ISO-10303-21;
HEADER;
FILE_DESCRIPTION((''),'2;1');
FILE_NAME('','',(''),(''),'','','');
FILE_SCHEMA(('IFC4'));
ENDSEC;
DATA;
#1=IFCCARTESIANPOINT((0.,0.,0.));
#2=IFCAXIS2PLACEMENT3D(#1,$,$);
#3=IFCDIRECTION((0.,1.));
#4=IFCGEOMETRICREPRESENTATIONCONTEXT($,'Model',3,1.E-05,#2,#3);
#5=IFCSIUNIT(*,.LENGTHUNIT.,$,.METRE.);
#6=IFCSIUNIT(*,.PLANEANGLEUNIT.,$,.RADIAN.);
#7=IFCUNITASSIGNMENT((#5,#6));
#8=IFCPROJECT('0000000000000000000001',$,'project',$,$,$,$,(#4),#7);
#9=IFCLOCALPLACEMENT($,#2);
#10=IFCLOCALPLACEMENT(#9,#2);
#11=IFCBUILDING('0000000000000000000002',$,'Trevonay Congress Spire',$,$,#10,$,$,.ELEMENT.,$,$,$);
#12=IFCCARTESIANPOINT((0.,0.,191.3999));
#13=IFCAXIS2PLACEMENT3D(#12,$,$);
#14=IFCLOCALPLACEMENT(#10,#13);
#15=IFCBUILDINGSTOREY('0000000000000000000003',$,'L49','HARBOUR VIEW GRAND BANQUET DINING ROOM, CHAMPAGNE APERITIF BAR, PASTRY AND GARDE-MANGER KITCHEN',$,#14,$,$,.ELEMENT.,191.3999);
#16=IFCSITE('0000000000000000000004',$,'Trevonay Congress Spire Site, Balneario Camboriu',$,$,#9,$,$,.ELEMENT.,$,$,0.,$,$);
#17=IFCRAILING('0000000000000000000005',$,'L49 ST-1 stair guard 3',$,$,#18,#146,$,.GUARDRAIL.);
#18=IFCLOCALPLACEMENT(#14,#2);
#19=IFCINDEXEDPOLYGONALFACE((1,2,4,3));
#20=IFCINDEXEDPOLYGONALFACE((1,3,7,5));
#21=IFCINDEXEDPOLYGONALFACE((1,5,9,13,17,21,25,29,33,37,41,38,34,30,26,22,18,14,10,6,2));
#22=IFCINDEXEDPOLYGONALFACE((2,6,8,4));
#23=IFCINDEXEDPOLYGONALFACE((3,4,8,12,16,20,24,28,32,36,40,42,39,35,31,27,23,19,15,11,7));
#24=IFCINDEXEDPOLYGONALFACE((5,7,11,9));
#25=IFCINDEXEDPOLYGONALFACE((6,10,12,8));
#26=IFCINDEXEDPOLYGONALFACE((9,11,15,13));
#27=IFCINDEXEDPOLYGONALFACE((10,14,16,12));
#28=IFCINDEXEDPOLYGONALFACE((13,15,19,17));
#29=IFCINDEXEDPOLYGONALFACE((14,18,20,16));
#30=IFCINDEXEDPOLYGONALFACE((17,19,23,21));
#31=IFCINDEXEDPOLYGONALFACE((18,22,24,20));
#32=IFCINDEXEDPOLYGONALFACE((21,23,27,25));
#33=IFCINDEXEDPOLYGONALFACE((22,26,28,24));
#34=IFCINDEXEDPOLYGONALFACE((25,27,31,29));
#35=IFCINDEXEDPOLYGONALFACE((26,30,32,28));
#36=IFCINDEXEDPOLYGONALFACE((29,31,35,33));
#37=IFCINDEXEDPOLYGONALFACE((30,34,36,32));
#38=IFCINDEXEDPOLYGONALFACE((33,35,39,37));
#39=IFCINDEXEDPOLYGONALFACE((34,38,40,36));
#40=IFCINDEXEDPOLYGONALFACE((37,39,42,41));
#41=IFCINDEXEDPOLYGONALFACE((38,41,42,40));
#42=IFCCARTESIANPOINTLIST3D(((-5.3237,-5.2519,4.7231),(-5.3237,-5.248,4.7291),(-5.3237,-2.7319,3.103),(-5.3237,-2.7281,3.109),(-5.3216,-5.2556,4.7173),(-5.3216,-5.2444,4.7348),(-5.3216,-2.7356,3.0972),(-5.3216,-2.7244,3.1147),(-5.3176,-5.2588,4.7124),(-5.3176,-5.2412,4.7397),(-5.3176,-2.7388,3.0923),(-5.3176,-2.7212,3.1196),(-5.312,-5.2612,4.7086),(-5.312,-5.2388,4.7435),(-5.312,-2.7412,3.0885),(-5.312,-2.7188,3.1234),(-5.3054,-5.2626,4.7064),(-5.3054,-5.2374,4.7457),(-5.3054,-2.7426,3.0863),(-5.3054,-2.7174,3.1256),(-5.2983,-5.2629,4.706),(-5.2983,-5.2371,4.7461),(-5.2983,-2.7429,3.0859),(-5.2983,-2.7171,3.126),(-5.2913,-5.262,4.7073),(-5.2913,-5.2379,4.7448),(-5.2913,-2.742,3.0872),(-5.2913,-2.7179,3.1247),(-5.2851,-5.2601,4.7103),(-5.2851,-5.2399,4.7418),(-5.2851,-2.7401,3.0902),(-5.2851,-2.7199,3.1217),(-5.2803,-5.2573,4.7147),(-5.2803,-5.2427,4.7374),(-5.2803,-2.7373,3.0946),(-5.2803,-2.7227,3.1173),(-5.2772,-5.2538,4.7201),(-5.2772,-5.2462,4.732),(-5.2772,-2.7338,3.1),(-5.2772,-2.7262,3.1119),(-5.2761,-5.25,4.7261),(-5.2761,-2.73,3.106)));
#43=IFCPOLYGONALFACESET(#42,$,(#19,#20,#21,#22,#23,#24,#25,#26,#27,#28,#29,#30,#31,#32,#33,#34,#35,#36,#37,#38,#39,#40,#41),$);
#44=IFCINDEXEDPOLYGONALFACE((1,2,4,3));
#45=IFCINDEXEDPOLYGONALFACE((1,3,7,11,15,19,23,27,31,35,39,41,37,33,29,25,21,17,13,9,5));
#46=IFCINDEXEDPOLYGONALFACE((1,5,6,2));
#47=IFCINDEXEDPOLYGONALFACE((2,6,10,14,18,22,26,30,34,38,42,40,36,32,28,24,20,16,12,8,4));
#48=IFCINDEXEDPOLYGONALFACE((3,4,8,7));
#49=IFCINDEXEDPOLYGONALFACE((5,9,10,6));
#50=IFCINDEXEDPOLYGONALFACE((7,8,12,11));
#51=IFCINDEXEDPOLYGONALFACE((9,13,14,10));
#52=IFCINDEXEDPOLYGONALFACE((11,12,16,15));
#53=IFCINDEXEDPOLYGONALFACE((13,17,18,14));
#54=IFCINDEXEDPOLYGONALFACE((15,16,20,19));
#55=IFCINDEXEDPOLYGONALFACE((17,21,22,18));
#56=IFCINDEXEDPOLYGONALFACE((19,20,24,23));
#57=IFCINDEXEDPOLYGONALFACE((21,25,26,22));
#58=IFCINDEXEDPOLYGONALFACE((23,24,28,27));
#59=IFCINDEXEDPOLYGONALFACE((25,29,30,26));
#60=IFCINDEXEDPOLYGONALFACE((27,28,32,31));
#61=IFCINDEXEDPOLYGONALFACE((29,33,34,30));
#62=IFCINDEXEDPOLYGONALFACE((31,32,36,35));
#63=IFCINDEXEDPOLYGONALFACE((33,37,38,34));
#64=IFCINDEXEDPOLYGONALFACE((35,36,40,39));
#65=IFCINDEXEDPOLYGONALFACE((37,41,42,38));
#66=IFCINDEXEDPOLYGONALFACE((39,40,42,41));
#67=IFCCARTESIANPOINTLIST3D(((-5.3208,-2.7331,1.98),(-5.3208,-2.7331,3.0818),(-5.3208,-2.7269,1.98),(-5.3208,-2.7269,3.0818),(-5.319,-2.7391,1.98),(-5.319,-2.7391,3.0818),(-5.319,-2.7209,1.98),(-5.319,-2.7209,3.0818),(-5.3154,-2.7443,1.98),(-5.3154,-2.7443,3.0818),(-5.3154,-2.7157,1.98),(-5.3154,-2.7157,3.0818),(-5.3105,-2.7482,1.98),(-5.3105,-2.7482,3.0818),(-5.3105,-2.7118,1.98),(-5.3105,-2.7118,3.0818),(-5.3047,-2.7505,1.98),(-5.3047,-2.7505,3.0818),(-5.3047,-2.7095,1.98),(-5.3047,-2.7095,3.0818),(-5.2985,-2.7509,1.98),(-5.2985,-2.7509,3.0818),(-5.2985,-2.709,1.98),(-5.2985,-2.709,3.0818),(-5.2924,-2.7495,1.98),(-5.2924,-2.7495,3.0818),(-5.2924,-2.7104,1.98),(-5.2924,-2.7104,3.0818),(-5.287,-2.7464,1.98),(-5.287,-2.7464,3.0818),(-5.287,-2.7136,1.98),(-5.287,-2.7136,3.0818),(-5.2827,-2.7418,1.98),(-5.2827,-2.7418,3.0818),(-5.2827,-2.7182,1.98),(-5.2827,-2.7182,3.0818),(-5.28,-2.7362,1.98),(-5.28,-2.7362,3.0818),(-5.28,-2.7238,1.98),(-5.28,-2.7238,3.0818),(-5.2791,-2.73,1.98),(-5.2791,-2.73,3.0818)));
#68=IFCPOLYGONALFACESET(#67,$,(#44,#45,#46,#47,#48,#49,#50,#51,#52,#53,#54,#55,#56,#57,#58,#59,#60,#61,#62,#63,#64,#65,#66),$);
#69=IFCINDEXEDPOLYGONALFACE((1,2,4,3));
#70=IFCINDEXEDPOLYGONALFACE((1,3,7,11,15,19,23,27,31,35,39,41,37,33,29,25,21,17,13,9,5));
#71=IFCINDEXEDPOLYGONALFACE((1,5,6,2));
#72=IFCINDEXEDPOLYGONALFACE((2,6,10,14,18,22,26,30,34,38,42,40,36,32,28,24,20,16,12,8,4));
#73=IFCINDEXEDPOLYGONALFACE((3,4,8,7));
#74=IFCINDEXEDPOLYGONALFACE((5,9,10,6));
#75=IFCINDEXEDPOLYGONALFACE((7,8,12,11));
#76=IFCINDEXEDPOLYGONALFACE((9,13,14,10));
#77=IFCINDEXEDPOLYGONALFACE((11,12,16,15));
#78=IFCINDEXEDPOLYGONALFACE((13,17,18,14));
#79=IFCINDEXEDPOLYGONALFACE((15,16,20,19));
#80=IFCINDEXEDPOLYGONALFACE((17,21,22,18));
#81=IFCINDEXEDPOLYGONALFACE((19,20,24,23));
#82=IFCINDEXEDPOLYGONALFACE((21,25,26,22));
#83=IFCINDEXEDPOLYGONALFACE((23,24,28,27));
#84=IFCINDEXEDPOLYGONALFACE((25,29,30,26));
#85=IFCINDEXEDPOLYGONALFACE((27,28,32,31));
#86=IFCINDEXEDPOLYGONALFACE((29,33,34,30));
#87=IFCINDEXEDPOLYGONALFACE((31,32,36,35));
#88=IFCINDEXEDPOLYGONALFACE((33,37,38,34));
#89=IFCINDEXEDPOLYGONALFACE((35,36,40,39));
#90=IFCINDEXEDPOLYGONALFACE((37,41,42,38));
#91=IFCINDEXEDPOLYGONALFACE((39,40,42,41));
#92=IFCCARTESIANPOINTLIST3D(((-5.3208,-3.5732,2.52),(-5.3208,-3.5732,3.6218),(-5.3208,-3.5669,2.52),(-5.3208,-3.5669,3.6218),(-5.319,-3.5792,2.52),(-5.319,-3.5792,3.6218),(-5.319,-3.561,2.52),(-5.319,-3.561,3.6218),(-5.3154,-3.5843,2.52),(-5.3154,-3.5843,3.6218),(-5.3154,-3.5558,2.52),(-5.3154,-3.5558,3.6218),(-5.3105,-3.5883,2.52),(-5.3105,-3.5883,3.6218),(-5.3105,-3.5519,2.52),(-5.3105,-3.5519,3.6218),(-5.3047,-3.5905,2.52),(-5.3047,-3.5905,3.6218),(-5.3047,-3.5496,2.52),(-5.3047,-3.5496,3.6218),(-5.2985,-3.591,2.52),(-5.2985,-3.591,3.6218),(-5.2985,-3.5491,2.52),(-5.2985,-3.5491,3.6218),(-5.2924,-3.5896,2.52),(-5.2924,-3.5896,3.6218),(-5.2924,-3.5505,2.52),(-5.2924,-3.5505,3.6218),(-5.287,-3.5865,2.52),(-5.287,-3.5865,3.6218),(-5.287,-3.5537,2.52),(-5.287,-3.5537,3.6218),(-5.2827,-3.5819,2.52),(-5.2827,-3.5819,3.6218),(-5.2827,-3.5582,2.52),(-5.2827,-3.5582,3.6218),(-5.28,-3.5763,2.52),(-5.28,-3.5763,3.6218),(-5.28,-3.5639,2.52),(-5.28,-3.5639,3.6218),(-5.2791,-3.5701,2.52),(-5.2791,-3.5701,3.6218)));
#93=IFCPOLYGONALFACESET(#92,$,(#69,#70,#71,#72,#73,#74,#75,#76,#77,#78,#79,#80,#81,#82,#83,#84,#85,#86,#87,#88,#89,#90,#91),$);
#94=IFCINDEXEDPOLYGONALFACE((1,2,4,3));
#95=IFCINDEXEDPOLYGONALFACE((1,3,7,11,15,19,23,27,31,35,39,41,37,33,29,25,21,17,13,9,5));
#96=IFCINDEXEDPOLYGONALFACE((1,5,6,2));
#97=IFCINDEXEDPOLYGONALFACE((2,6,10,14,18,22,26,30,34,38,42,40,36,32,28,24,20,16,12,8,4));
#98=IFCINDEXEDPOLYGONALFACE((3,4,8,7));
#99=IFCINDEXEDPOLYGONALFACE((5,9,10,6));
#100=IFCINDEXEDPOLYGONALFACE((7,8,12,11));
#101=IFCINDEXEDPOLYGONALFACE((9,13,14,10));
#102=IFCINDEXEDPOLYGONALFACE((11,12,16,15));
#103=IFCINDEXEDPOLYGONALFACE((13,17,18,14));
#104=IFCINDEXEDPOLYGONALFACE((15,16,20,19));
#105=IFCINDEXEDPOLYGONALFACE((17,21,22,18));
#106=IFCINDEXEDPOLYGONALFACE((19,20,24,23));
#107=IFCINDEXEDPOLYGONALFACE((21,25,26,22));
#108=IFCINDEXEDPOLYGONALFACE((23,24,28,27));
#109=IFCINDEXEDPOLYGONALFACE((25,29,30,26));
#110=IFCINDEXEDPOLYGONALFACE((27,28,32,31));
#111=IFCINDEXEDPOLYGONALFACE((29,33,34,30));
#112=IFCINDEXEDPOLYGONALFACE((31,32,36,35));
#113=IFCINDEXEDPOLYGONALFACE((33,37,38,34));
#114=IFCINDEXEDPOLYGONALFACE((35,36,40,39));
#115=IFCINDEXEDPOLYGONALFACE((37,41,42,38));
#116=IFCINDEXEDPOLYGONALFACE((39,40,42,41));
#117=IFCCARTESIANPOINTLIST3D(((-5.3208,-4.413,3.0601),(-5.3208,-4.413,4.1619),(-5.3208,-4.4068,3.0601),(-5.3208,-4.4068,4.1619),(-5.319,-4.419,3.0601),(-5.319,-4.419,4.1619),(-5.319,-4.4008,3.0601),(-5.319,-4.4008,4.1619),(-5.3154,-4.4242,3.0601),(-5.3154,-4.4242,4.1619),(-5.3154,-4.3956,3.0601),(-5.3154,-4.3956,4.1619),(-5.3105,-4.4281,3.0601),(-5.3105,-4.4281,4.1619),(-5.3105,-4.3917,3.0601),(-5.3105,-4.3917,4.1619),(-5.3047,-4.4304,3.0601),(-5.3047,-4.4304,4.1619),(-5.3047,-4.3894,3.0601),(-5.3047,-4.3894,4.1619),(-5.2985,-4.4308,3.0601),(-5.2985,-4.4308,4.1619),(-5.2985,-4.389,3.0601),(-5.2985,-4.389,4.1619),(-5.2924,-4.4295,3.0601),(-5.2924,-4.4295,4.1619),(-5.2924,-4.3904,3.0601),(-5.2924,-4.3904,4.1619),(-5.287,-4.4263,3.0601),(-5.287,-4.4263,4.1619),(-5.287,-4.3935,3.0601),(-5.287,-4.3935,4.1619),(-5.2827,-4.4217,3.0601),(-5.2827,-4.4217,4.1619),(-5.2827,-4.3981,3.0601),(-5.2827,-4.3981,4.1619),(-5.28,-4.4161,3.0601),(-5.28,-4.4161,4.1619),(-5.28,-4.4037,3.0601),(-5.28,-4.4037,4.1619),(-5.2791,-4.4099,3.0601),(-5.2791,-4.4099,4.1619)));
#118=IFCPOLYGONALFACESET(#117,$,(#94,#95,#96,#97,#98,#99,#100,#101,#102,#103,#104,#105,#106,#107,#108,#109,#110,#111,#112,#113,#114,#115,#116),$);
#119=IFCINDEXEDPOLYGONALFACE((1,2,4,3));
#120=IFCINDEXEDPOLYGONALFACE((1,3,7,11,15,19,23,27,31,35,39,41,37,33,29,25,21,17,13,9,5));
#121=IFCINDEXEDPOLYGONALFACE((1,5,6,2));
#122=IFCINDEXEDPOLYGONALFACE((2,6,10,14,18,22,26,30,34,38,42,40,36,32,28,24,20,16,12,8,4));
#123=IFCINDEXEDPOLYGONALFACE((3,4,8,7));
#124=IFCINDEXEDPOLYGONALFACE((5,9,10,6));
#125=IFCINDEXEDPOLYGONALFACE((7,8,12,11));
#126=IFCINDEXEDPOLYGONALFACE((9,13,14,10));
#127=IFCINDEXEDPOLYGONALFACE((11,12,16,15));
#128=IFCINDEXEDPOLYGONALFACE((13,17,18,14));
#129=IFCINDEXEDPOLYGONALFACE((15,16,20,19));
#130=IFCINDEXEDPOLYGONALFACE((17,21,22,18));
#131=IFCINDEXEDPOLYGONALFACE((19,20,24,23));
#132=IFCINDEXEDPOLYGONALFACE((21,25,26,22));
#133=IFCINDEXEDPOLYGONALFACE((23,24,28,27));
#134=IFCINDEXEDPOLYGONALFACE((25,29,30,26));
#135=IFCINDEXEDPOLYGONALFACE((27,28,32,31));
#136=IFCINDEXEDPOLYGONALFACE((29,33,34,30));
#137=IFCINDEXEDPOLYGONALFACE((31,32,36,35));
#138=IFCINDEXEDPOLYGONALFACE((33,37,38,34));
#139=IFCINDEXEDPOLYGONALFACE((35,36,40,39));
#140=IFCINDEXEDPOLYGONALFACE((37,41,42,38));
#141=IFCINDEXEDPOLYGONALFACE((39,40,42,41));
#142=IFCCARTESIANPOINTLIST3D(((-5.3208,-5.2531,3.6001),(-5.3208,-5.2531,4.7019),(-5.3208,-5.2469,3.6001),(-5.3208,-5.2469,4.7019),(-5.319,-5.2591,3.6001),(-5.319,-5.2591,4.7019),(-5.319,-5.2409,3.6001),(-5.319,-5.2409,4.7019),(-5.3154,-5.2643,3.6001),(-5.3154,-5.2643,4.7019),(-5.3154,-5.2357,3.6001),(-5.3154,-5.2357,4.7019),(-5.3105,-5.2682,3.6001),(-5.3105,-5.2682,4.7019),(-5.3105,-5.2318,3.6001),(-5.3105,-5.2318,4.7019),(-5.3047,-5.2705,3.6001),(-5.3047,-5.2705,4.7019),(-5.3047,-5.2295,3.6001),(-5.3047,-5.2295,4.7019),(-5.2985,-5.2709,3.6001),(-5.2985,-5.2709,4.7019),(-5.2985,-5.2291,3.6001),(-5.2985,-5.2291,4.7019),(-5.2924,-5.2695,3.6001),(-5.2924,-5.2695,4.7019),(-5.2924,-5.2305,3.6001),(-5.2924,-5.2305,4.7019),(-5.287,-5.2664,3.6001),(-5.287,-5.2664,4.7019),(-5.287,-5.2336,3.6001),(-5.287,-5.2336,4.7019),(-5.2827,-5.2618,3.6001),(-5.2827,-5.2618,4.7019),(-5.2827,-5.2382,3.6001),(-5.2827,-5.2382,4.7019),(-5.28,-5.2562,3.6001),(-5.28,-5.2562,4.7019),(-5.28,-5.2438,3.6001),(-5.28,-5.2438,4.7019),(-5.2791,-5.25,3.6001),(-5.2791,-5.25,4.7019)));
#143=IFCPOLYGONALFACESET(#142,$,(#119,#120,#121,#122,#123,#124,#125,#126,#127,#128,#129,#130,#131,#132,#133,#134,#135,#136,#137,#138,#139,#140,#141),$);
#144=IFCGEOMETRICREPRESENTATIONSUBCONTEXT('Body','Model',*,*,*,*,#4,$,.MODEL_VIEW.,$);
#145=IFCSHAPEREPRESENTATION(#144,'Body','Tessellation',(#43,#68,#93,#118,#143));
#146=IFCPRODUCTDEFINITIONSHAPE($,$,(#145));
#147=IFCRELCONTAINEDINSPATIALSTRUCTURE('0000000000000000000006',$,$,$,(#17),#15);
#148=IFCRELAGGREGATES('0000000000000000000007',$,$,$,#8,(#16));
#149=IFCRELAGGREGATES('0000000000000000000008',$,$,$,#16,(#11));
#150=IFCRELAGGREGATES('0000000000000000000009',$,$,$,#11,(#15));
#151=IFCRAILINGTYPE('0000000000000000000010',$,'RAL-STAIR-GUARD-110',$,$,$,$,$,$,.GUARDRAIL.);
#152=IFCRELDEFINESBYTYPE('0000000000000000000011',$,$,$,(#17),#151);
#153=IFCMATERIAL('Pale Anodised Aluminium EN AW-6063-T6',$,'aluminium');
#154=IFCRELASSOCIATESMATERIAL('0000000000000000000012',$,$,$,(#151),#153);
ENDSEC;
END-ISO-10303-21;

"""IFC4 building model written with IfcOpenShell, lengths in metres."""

from ifc_helpers import new_model, si_unit, direction, frame, origin, origin_2d, place, context, subcontext, project, spatial, circle, extrude, material, type_object, element, save


model = new_model("IFC4")

# Units and contexts
model_context = context("Model", 3, precision=1e-05, world=origin(), true_north=direction((0.0, 1.0)))
body_context = subcontext(model_context, "Body", "Model", "MODEL_VIEW")
ifc_project = project(units=[si_unit("LENGTHUNIT", "METRE"), si_unit("PLANEANGLEUNIT", "RADIAN")], contexts=[model_context])

# Site, building, storey
site_placement = place(None, origin())
site = spatial("IfcSite", under=ifc_project, at=site_placement, Name="Trevonay Congress Spire Site, Balneario Camboriu", CompositionType="ELEMENT", RefElevation=0.0)
building_placement = place(site_placement, origin())
building = spatial("IfcBuilding", under=site, at=building_placement, Name="Trevonay Congress Spire", CompositionType="ELEMENT")
storey_placement = place(building_placement, frame((0.0, 0.0, 191.3999)))
storey = spatial("IfcBuildingStorey", under=building, at=storey_placement, Name="L49", Description="HARBOUR VIEW GRAND BANQUET DINING ROOM, CHAMPAGNE APERITIF BAR, PASTRY AND GARDE-MANGER KITCHEN", CompositionType="ELEMENT", Elevation=191.3999)

# Railing
ifc_material_1 = material(Name="Pale Anodised Aluminium EN AW-6063-T6", Category="aluminium")
railing_type_1 = type_object("IfcRailingType", Name="RAL-STAIR-GUARD-110", PredefinedType="GUARDRAIL", material=ifc_material_1)
railing_1_placement = place(storey_placement, frame((-5.3, -2.73, 1.98)))
element("IfcRailing", 1, at=railing_1_placement, inside=storey, type_object=railing_type_1, Name="L49 ST-1 stair guard 3", PredefinedType="GUARDRAIL", context=body_context, shape_type="SweptSolid", body=[
    extrude(circle(Radius=0.0239, at=origin_2d()), frame((0.0, 0.0, 1.126), z_axis=(0.0, -0.841163, 0.540782), x_axis=(1.0, 0.0, 0.0)), (0.0, 0.0, 1.0), 2.9958),
    extrude(circle(Radius=0.021, at=origin_2d()), origin(), (0.0, 0.0, 1.0), 1.1018),
    extrude(circle(Radius=0.021, at=origin_2d()), frame((0.0, -0.8401, 0.54)), (0.0, 0.0, 1.0), 1.1018),
    extrude(circle(Radius=0.021, at=origin_2d()), frame((0.0, -1.6799, 1.0801)), (0.0, 0.0, 1.0), 1.1018),
    extrude(circle(Radius=0.021, at=origin_2d()), frame((0.0, -2.52, 1.6201)), (0.0, 0.0, 1.0), 1.1018),
])

save(model, "model.ifc")
